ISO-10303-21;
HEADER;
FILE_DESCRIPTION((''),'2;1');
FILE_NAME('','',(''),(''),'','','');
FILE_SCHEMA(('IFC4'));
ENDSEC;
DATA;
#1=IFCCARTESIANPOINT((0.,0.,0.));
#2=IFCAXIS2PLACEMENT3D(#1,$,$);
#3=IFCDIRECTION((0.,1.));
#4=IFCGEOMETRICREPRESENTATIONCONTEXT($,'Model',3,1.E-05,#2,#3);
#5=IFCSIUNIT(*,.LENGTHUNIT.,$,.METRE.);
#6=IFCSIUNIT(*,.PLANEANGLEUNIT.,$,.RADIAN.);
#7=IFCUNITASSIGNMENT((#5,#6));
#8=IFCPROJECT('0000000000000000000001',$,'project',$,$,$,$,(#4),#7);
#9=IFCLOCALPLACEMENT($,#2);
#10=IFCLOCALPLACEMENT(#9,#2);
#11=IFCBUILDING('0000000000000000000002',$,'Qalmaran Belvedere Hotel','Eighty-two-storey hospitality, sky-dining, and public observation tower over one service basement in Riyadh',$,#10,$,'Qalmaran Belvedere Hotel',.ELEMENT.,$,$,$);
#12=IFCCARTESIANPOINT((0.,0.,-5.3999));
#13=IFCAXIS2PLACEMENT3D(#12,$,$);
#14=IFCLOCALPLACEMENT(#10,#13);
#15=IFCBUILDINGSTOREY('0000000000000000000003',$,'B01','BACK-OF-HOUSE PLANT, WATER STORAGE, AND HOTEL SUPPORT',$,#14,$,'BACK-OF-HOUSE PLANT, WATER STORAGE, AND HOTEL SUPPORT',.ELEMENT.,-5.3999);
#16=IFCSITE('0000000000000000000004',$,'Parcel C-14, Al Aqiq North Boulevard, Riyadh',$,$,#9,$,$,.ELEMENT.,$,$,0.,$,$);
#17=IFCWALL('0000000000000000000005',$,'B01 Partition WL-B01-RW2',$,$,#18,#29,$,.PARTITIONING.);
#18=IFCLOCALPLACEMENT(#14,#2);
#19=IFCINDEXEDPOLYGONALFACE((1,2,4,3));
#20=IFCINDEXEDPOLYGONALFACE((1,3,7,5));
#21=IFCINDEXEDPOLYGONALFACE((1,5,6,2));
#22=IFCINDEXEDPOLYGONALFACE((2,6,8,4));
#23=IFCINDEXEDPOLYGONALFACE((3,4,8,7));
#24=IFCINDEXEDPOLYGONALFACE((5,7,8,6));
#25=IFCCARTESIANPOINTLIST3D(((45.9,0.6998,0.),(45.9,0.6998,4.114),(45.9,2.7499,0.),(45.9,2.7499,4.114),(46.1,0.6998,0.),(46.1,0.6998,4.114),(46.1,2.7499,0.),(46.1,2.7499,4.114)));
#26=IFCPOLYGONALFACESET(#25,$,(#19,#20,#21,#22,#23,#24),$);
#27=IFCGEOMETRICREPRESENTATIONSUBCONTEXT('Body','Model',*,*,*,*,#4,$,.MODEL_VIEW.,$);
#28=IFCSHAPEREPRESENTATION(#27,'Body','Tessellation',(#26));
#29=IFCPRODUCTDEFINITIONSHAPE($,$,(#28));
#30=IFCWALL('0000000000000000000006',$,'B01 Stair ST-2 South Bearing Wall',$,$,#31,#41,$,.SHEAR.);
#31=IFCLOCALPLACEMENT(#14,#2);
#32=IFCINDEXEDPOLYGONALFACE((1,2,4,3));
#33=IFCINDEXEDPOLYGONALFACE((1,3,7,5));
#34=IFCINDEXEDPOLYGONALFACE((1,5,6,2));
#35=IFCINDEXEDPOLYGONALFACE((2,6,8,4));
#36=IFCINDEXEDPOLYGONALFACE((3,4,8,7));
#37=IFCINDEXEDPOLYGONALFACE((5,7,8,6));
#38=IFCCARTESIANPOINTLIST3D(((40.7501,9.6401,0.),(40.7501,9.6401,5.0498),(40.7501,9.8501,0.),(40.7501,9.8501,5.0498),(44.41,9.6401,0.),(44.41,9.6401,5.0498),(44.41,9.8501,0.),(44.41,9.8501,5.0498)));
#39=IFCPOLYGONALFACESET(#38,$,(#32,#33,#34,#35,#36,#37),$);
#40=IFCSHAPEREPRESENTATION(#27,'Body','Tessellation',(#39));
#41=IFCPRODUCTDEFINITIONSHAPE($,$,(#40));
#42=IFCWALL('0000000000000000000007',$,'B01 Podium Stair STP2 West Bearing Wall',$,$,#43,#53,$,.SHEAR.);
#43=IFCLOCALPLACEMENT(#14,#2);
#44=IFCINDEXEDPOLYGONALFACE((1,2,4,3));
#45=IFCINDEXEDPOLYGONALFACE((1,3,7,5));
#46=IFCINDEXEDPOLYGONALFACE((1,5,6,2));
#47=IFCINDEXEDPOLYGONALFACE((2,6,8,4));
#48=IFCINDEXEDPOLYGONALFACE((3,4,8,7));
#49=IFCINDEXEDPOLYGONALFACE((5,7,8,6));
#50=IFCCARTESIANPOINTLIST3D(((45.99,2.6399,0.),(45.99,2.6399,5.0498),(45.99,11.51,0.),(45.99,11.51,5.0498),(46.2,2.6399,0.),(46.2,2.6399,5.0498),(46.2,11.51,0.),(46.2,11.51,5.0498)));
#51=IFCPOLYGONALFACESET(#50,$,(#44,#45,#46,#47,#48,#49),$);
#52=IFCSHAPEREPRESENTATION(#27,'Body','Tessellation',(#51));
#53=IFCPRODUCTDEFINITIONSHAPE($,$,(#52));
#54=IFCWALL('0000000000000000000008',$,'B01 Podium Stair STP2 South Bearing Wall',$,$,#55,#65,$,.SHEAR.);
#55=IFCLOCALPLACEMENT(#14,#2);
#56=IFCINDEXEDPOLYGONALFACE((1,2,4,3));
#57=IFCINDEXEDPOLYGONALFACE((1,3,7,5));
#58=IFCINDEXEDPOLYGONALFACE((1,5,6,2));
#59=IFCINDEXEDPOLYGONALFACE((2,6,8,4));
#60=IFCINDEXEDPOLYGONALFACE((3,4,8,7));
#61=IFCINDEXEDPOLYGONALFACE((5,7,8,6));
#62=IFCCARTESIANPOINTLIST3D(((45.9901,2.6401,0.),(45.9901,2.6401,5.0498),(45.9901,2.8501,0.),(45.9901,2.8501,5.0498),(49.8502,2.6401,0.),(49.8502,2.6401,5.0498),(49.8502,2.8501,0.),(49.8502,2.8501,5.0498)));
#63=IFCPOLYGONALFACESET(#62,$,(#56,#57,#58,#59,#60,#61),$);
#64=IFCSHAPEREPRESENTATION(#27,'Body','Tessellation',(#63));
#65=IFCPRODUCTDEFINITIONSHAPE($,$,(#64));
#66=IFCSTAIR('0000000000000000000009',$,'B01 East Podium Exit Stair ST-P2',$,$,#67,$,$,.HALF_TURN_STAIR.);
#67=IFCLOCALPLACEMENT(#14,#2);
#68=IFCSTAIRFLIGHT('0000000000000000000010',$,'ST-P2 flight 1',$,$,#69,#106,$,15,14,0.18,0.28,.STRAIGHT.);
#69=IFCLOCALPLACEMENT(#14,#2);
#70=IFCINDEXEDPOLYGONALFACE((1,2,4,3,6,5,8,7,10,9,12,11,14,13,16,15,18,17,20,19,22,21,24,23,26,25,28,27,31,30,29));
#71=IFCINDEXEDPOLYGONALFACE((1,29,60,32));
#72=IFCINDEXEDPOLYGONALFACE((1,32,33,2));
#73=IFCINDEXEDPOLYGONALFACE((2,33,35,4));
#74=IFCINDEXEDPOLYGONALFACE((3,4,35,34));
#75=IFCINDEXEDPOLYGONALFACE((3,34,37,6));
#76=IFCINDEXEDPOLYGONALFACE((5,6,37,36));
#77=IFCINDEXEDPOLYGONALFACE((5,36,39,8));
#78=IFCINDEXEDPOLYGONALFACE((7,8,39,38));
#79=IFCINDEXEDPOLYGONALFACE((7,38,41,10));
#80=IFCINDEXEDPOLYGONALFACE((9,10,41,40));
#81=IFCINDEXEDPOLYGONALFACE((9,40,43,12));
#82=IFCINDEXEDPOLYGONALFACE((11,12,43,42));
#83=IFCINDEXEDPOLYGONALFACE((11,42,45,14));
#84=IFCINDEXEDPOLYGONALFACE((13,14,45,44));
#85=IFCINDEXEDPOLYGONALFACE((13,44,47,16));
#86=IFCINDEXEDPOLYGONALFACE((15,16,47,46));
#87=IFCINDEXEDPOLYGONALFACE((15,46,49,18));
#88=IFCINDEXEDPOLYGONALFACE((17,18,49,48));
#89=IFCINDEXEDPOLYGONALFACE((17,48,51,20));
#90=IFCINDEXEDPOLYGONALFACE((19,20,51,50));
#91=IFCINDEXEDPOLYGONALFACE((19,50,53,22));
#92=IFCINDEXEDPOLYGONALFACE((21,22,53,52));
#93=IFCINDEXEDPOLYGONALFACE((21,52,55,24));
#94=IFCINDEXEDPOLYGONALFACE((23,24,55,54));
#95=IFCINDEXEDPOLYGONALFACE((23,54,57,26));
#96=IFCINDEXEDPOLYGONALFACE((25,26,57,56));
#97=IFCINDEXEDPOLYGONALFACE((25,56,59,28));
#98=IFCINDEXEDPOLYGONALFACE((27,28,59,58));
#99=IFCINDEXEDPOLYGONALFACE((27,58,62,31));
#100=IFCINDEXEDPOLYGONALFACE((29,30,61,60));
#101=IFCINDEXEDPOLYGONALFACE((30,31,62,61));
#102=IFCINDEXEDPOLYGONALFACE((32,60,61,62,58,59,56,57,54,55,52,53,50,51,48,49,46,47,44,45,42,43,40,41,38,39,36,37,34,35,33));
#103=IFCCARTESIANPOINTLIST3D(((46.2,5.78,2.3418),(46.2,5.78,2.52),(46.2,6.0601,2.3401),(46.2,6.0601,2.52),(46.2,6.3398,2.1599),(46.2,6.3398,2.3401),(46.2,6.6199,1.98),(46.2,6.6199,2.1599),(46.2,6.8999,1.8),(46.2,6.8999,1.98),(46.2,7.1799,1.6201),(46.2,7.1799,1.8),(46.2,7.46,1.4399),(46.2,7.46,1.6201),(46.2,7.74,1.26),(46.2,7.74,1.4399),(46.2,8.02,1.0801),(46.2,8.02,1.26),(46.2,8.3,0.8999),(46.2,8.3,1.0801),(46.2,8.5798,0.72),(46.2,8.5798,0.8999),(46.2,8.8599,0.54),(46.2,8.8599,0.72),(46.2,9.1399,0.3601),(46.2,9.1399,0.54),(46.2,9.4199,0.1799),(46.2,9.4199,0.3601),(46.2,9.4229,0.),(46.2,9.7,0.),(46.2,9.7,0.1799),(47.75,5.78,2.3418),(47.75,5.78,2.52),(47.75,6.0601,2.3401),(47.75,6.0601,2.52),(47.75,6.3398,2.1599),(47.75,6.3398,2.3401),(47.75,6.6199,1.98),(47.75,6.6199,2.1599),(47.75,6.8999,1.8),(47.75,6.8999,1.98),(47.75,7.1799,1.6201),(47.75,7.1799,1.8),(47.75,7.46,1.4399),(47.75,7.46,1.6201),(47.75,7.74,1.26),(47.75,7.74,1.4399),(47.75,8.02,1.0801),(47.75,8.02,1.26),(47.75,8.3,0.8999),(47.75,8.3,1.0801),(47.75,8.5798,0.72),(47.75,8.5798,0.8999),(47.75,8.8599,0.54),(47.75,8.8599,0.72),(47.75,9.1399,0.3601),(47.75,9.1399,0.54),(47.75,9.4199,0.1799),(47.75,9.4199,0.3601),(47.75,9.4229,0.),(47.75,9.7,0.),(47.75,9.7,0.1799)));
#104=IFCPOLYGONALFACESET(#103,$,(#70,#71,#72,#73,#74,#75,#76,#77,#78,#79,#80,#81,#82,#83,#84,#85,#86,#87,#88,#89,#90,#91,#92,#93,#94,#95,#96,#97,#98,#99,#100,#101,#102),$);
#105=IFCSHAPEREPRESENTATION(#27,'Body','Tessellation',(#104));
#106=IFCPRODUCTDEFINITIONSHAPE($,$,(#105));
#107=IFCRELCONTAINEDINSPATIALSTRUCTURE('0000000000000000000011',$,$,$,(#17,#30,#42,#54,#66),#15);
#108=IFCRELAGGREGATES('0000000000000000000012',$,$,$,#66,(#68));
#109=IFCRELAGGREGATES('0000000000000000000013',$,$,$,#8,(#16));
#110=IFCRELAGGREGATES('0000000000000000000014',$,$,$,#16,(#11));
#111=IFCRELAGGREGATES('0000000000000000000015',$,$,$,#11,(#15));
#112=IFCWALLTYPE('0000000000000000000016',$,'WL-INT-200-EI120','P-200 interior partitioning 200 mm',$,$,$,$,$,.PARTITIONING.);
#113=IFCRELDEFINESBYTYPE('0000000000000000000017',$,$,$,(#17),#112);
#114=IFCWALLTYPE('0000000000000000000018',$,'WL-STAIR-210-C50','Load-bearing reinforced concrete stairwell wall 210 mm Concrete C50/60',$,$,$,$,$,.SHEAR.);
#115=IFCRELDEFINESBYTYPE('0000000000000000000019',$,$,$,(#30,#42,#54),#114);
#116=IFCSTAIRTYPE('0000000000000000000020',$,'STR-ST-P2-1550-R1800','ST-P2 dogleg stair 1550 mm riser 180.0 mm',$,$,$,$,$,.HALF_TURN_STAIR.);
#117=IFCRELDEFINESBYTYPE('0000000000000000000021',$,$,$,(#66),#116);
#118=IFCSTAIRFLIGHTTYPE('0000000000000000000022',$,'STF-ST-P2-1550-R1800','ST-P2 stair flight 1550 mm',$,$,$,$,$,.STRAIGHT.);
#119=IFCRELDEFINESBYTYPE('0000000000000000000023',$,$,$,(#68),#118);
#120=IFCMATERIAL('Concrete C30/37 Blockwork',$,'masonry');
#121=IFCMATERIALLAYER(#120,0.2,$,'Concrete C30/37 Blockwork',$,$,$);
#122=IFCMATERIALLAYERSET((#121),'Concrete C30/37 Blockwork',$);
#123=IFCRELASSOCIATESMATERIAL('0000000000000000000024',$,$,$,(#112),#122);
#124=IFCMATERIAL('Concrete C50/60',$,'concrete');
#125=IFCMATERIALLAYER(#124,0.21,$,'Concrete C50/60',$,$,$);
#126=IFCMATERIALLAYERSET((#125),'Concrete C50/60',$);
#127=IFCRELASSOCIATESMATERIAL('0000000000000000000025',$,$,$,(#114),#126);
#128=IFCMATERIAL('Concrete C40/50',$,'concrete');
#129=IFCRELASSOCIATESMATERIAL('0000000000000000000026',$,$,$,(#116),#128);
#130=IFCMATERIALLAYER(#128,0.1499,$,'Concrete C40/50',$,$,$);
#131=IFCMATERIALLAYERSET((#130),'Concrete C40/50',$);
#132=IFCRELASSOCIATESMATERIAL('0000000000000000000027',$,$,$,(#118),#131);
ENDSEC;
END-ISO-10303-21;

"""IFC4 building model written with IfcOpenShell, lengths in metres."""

from ifc_helpers import new_model, si_unit, direction, frame, frame_2d, origin, place, context, subcontext, project, spatial, polyline, rectangle, outline, extrude, material, layer, layer_set, type_object, element, aggregate, save


model = new_model("IFC4")

# Units and contexts
model_context = context("Model", 3, precision=1e-05, world=origin(), true_north=direction((0.0, 1.0)))
body_context = subcontext(model_context, "Body", "Model", "MODEL_VIEW")
ifc_project = project(units=[si_unit("LENGTHUNIT", "METRE"), si_unit("PLANEANGLEUNIT", "RADIAN")], contexts=[model_context])

# Site, building, storey
site_placement = place(None, origin())
site = spatial("IfcSite", under=ifc_project, at=site_placement, Name="Parcel C-14, Al Aqiq North Boulevard, Riyadh", CompositionType="ELEMENT", RefElevation=0.0)
building_placement = place(site_placement, origin())
building = spatial("IfcBuilding", under=site, at=building_placement, Name="Qalmaran Belvedere Hotel", Description="Eighty-two-storey hospitality, sky-dining, and public observation tower over one service basement in Riyadh", LongName="Qalmaran Belvedere Hotel", CompositionType="ELEMENT")
storey_placement = place(building_placement, frame((0.0, 0.0, -5.3999)))
storey = spatial("IfcBuildingStorey", under=building, at=storey_placement, Name="B01", Description="BACK-OF-HOUSE PLANT, WATER STORAGE, AND HOTEL SUPPORT", LongName="BACK-OF-HOUSE PLANT, WATER STORAGE, AND HOTEL SUPPORT", CompositionType="ELEMENT", Elevation=-5.3999)

# Shared definitions
ifc_material_1 = material(Name="Concrete C50/60", Category="concrete")

# Walls
ifc_material_2 = material(Name="Concrete C30/37 Blockwork", Category="masonry")
ifc_layer_1 = layer(ifc_material_2, 0.2, Name="Concrete C30/37 Blockwork")
ifc_layer_set_1 = layer_set([ifc_layer_1], Name="Concrete C30/37 Blockwork")
wall_type_1 = type_object("IfcWallType", Name="WL-INT-200-EI120", Description="P-200 interior partitioning 200 mm", PredefinedType="PARTITIONING", material=ifc_layer_set_1)
wall_1_placement = place(storey_placement, frame((46.0, 0.7, 0.0), z_axis=(0.0, 0.0, 1.0), x_axis=(0.0, 1.0, 0.0)))
element("IfcWall", 1, at=wall_1_placement, inside=storey, type_object=wall_type_1, Name="B01 Partition WL-B01-RW2", PredefinedType="PARTITIONING", context=body_context, shape_type="SweptSolid", body=[
    extrude(rectangle(XDim=2.05, YDim=0.2, at=frame_2d((1.0249, 0.0))), origin(), (0.0, 0.0, 1.0), 4.114),
])
ifc_layer_2 = layer(ifc_material_1, 0.21, Name="Concrete C50/60")
ifc_layer_set_2 = layer_set([ifc_layer_2], Name="Concrete C50/60")
wall_type_2 = type_object("IfcWallType", Name="WL-STAIR-210-C50", Description="Load-bearing reinforced concrete stairwell wall 210 mm Concrete C50/60", PredefinedType="SHEAR", material=ifc_layer_set_2)
wall_2_placement = place(storey_placement, frame((40.75, 9.7451, 0.0), z_axis=(0.0, 0.0, 1.0), x_axis=(1.0, 0.0, 0.0)))
element("IfcWall", 2, at=wall_2_placement, inside=storey, type_object=wall_type_2, Name="B01 Stair ST-2 South Bearing Wall", PredefinedType="SHEAR", context=body_context, shape_type="SweptSolid", body=[
    extrude(rectangle(XDim=3.6599, YDim=0.21, at=frame_2d((1.8301, 0.0))), origin(), (0.0, 0.0, 1.0), 5.0498),
])
wall_3_placement = place(storey_placement, frame((46.095, 2.6399, 0.0), z_axis=(0.0, 0.0, 1.0), x_axis=(0.0, 1.0, 0.0)))
element("IfcWall", 3, at=wall_3_placement, inside=storey, type_object=wall_type_2, Name="B01 Podium Stair STP2 West Bearing Wall", PredefinedType="SHEAR", context=body_context, shape_type="SweptSolid", body=[
    extrude(rectangle(XDim=8.8701, YDim=0.21, at=frame_2d((4.4351, 0.0))), origin(), (0.0, 0.0, 1.0), 5.0498),
])
wall_4_placement = place(storey_placement, frame((45.99, 2.7451, 0.0), z_axis=(0.0, 0.0, 1.0), x_axis=(1.0, 0.0, 0.0)))
element("IfcWall", 4, at=wall_4_placement, inside=storey, type_object=wall_type_2, Name="B01 Podium Stair STP2 South Bearing Wall", PredefinedType="SHEAR", context=body_context, shape_type="SweptSolid", body=[
    extrude(rectangle(XDim=3.8601, YDim=0.21, at=frame_2d((1.9302, 0.0))), origin(), (0.0, 0.0, 1.0), 5.0498),
])

# Stair, stair flight
ifc_material_3 = material(Name="Concrete C40/50", Category="concrete")
stair_type = type_object("IfcStairType", Name="STR-ST-P2-1550-R1800", Description="ST-P2 dogleg stair 1550 mm riser 180.0 mm", PredefinedType="HALF_TURN_STAIR", material=ifc_material_3)
stair_placement = place(storey_placement, origin())
stair = element("IfcStair", 5, at=stair_placement, inside=storey, type_object=stair_type, Name="B01 East Podium Exit Stair ST-P2", PredefinedType="HALF_TURN_STAIR")
ifc_layer_3 = layer(ifc_material_3, 0.1499, Name="Concrete C40/50")
ifc_layer_set_3 = layer_set([ifc_layer_3], Name="Concrete C40/50")
stair_flight_type = type_object("IfcStairFlightType", Name="STF-ST-P2-1550-R1800", Description="ST-P2 stair flight 1550 mm", PredefinedType="STRAIGHT", material=ifc_layer_set_3)
stair_flight_placement = place(storey_placement, frame((46.9751, 9.7, 0.0), z_axis=(0.0, 0.0, 1.0), x_axis=(0.0, -1.0, 0.0)))
stair_flight = element("IfcStairFlight", 6, at=stair_flight_placement, type_object=stair_flight_type, Name="ST-P2 flight 1", NumberOfRisers=15, NumberOfTreads=14, PredefinedType="STRAIGHT", RiserHeight=0.18, TreadLength=0.28, context=body_context, shape_type="SweptSolid", body=[
    extrude(outline(polyline([(0.0, 0.0), (0.0, 0.1799), (0.28, 0.1799), (0.28, 0.3601), (0.5601, 0.3601), (0.5601, 0.54), (0.8401, 0.54), (0.8401, 0.72), (1.1201, 0.72), (1.1201, 0.8999), (1.3999, 0.8999), (1.3999, 1.0801), (1.6799, 1.0801), (1.6799, 1.26), (1.96, 1.26), (1.96, 1.4399), (2.24, 1.4399), (2.24, 1.6201), (2.52, 1.6201), (2.52, 1.8), (2.8, 1.8), (2.8, 1.98), (3.0801, 1.98), (3.0801, 2.1599), (3.3601, 2.1599), (3.3601, 2.3401), (3.6399, 2.3401), (3.6399, 2.52), (3.9199, 2.52), (3.9199, 2.7), (3.9199, 2.3418), (0.2771, 0.0), (0.0, 0.0)])), frame((0.0, 0.7749, 0.0), z_axis=(0.0, -1.0, 0.0), x_axis=(1.0, 0.0, 0.0)), (0.0, 0.0, 1.0), 1.55),
])
aggregate(stair, [stair_flight])

save(model, "model.ifc")
